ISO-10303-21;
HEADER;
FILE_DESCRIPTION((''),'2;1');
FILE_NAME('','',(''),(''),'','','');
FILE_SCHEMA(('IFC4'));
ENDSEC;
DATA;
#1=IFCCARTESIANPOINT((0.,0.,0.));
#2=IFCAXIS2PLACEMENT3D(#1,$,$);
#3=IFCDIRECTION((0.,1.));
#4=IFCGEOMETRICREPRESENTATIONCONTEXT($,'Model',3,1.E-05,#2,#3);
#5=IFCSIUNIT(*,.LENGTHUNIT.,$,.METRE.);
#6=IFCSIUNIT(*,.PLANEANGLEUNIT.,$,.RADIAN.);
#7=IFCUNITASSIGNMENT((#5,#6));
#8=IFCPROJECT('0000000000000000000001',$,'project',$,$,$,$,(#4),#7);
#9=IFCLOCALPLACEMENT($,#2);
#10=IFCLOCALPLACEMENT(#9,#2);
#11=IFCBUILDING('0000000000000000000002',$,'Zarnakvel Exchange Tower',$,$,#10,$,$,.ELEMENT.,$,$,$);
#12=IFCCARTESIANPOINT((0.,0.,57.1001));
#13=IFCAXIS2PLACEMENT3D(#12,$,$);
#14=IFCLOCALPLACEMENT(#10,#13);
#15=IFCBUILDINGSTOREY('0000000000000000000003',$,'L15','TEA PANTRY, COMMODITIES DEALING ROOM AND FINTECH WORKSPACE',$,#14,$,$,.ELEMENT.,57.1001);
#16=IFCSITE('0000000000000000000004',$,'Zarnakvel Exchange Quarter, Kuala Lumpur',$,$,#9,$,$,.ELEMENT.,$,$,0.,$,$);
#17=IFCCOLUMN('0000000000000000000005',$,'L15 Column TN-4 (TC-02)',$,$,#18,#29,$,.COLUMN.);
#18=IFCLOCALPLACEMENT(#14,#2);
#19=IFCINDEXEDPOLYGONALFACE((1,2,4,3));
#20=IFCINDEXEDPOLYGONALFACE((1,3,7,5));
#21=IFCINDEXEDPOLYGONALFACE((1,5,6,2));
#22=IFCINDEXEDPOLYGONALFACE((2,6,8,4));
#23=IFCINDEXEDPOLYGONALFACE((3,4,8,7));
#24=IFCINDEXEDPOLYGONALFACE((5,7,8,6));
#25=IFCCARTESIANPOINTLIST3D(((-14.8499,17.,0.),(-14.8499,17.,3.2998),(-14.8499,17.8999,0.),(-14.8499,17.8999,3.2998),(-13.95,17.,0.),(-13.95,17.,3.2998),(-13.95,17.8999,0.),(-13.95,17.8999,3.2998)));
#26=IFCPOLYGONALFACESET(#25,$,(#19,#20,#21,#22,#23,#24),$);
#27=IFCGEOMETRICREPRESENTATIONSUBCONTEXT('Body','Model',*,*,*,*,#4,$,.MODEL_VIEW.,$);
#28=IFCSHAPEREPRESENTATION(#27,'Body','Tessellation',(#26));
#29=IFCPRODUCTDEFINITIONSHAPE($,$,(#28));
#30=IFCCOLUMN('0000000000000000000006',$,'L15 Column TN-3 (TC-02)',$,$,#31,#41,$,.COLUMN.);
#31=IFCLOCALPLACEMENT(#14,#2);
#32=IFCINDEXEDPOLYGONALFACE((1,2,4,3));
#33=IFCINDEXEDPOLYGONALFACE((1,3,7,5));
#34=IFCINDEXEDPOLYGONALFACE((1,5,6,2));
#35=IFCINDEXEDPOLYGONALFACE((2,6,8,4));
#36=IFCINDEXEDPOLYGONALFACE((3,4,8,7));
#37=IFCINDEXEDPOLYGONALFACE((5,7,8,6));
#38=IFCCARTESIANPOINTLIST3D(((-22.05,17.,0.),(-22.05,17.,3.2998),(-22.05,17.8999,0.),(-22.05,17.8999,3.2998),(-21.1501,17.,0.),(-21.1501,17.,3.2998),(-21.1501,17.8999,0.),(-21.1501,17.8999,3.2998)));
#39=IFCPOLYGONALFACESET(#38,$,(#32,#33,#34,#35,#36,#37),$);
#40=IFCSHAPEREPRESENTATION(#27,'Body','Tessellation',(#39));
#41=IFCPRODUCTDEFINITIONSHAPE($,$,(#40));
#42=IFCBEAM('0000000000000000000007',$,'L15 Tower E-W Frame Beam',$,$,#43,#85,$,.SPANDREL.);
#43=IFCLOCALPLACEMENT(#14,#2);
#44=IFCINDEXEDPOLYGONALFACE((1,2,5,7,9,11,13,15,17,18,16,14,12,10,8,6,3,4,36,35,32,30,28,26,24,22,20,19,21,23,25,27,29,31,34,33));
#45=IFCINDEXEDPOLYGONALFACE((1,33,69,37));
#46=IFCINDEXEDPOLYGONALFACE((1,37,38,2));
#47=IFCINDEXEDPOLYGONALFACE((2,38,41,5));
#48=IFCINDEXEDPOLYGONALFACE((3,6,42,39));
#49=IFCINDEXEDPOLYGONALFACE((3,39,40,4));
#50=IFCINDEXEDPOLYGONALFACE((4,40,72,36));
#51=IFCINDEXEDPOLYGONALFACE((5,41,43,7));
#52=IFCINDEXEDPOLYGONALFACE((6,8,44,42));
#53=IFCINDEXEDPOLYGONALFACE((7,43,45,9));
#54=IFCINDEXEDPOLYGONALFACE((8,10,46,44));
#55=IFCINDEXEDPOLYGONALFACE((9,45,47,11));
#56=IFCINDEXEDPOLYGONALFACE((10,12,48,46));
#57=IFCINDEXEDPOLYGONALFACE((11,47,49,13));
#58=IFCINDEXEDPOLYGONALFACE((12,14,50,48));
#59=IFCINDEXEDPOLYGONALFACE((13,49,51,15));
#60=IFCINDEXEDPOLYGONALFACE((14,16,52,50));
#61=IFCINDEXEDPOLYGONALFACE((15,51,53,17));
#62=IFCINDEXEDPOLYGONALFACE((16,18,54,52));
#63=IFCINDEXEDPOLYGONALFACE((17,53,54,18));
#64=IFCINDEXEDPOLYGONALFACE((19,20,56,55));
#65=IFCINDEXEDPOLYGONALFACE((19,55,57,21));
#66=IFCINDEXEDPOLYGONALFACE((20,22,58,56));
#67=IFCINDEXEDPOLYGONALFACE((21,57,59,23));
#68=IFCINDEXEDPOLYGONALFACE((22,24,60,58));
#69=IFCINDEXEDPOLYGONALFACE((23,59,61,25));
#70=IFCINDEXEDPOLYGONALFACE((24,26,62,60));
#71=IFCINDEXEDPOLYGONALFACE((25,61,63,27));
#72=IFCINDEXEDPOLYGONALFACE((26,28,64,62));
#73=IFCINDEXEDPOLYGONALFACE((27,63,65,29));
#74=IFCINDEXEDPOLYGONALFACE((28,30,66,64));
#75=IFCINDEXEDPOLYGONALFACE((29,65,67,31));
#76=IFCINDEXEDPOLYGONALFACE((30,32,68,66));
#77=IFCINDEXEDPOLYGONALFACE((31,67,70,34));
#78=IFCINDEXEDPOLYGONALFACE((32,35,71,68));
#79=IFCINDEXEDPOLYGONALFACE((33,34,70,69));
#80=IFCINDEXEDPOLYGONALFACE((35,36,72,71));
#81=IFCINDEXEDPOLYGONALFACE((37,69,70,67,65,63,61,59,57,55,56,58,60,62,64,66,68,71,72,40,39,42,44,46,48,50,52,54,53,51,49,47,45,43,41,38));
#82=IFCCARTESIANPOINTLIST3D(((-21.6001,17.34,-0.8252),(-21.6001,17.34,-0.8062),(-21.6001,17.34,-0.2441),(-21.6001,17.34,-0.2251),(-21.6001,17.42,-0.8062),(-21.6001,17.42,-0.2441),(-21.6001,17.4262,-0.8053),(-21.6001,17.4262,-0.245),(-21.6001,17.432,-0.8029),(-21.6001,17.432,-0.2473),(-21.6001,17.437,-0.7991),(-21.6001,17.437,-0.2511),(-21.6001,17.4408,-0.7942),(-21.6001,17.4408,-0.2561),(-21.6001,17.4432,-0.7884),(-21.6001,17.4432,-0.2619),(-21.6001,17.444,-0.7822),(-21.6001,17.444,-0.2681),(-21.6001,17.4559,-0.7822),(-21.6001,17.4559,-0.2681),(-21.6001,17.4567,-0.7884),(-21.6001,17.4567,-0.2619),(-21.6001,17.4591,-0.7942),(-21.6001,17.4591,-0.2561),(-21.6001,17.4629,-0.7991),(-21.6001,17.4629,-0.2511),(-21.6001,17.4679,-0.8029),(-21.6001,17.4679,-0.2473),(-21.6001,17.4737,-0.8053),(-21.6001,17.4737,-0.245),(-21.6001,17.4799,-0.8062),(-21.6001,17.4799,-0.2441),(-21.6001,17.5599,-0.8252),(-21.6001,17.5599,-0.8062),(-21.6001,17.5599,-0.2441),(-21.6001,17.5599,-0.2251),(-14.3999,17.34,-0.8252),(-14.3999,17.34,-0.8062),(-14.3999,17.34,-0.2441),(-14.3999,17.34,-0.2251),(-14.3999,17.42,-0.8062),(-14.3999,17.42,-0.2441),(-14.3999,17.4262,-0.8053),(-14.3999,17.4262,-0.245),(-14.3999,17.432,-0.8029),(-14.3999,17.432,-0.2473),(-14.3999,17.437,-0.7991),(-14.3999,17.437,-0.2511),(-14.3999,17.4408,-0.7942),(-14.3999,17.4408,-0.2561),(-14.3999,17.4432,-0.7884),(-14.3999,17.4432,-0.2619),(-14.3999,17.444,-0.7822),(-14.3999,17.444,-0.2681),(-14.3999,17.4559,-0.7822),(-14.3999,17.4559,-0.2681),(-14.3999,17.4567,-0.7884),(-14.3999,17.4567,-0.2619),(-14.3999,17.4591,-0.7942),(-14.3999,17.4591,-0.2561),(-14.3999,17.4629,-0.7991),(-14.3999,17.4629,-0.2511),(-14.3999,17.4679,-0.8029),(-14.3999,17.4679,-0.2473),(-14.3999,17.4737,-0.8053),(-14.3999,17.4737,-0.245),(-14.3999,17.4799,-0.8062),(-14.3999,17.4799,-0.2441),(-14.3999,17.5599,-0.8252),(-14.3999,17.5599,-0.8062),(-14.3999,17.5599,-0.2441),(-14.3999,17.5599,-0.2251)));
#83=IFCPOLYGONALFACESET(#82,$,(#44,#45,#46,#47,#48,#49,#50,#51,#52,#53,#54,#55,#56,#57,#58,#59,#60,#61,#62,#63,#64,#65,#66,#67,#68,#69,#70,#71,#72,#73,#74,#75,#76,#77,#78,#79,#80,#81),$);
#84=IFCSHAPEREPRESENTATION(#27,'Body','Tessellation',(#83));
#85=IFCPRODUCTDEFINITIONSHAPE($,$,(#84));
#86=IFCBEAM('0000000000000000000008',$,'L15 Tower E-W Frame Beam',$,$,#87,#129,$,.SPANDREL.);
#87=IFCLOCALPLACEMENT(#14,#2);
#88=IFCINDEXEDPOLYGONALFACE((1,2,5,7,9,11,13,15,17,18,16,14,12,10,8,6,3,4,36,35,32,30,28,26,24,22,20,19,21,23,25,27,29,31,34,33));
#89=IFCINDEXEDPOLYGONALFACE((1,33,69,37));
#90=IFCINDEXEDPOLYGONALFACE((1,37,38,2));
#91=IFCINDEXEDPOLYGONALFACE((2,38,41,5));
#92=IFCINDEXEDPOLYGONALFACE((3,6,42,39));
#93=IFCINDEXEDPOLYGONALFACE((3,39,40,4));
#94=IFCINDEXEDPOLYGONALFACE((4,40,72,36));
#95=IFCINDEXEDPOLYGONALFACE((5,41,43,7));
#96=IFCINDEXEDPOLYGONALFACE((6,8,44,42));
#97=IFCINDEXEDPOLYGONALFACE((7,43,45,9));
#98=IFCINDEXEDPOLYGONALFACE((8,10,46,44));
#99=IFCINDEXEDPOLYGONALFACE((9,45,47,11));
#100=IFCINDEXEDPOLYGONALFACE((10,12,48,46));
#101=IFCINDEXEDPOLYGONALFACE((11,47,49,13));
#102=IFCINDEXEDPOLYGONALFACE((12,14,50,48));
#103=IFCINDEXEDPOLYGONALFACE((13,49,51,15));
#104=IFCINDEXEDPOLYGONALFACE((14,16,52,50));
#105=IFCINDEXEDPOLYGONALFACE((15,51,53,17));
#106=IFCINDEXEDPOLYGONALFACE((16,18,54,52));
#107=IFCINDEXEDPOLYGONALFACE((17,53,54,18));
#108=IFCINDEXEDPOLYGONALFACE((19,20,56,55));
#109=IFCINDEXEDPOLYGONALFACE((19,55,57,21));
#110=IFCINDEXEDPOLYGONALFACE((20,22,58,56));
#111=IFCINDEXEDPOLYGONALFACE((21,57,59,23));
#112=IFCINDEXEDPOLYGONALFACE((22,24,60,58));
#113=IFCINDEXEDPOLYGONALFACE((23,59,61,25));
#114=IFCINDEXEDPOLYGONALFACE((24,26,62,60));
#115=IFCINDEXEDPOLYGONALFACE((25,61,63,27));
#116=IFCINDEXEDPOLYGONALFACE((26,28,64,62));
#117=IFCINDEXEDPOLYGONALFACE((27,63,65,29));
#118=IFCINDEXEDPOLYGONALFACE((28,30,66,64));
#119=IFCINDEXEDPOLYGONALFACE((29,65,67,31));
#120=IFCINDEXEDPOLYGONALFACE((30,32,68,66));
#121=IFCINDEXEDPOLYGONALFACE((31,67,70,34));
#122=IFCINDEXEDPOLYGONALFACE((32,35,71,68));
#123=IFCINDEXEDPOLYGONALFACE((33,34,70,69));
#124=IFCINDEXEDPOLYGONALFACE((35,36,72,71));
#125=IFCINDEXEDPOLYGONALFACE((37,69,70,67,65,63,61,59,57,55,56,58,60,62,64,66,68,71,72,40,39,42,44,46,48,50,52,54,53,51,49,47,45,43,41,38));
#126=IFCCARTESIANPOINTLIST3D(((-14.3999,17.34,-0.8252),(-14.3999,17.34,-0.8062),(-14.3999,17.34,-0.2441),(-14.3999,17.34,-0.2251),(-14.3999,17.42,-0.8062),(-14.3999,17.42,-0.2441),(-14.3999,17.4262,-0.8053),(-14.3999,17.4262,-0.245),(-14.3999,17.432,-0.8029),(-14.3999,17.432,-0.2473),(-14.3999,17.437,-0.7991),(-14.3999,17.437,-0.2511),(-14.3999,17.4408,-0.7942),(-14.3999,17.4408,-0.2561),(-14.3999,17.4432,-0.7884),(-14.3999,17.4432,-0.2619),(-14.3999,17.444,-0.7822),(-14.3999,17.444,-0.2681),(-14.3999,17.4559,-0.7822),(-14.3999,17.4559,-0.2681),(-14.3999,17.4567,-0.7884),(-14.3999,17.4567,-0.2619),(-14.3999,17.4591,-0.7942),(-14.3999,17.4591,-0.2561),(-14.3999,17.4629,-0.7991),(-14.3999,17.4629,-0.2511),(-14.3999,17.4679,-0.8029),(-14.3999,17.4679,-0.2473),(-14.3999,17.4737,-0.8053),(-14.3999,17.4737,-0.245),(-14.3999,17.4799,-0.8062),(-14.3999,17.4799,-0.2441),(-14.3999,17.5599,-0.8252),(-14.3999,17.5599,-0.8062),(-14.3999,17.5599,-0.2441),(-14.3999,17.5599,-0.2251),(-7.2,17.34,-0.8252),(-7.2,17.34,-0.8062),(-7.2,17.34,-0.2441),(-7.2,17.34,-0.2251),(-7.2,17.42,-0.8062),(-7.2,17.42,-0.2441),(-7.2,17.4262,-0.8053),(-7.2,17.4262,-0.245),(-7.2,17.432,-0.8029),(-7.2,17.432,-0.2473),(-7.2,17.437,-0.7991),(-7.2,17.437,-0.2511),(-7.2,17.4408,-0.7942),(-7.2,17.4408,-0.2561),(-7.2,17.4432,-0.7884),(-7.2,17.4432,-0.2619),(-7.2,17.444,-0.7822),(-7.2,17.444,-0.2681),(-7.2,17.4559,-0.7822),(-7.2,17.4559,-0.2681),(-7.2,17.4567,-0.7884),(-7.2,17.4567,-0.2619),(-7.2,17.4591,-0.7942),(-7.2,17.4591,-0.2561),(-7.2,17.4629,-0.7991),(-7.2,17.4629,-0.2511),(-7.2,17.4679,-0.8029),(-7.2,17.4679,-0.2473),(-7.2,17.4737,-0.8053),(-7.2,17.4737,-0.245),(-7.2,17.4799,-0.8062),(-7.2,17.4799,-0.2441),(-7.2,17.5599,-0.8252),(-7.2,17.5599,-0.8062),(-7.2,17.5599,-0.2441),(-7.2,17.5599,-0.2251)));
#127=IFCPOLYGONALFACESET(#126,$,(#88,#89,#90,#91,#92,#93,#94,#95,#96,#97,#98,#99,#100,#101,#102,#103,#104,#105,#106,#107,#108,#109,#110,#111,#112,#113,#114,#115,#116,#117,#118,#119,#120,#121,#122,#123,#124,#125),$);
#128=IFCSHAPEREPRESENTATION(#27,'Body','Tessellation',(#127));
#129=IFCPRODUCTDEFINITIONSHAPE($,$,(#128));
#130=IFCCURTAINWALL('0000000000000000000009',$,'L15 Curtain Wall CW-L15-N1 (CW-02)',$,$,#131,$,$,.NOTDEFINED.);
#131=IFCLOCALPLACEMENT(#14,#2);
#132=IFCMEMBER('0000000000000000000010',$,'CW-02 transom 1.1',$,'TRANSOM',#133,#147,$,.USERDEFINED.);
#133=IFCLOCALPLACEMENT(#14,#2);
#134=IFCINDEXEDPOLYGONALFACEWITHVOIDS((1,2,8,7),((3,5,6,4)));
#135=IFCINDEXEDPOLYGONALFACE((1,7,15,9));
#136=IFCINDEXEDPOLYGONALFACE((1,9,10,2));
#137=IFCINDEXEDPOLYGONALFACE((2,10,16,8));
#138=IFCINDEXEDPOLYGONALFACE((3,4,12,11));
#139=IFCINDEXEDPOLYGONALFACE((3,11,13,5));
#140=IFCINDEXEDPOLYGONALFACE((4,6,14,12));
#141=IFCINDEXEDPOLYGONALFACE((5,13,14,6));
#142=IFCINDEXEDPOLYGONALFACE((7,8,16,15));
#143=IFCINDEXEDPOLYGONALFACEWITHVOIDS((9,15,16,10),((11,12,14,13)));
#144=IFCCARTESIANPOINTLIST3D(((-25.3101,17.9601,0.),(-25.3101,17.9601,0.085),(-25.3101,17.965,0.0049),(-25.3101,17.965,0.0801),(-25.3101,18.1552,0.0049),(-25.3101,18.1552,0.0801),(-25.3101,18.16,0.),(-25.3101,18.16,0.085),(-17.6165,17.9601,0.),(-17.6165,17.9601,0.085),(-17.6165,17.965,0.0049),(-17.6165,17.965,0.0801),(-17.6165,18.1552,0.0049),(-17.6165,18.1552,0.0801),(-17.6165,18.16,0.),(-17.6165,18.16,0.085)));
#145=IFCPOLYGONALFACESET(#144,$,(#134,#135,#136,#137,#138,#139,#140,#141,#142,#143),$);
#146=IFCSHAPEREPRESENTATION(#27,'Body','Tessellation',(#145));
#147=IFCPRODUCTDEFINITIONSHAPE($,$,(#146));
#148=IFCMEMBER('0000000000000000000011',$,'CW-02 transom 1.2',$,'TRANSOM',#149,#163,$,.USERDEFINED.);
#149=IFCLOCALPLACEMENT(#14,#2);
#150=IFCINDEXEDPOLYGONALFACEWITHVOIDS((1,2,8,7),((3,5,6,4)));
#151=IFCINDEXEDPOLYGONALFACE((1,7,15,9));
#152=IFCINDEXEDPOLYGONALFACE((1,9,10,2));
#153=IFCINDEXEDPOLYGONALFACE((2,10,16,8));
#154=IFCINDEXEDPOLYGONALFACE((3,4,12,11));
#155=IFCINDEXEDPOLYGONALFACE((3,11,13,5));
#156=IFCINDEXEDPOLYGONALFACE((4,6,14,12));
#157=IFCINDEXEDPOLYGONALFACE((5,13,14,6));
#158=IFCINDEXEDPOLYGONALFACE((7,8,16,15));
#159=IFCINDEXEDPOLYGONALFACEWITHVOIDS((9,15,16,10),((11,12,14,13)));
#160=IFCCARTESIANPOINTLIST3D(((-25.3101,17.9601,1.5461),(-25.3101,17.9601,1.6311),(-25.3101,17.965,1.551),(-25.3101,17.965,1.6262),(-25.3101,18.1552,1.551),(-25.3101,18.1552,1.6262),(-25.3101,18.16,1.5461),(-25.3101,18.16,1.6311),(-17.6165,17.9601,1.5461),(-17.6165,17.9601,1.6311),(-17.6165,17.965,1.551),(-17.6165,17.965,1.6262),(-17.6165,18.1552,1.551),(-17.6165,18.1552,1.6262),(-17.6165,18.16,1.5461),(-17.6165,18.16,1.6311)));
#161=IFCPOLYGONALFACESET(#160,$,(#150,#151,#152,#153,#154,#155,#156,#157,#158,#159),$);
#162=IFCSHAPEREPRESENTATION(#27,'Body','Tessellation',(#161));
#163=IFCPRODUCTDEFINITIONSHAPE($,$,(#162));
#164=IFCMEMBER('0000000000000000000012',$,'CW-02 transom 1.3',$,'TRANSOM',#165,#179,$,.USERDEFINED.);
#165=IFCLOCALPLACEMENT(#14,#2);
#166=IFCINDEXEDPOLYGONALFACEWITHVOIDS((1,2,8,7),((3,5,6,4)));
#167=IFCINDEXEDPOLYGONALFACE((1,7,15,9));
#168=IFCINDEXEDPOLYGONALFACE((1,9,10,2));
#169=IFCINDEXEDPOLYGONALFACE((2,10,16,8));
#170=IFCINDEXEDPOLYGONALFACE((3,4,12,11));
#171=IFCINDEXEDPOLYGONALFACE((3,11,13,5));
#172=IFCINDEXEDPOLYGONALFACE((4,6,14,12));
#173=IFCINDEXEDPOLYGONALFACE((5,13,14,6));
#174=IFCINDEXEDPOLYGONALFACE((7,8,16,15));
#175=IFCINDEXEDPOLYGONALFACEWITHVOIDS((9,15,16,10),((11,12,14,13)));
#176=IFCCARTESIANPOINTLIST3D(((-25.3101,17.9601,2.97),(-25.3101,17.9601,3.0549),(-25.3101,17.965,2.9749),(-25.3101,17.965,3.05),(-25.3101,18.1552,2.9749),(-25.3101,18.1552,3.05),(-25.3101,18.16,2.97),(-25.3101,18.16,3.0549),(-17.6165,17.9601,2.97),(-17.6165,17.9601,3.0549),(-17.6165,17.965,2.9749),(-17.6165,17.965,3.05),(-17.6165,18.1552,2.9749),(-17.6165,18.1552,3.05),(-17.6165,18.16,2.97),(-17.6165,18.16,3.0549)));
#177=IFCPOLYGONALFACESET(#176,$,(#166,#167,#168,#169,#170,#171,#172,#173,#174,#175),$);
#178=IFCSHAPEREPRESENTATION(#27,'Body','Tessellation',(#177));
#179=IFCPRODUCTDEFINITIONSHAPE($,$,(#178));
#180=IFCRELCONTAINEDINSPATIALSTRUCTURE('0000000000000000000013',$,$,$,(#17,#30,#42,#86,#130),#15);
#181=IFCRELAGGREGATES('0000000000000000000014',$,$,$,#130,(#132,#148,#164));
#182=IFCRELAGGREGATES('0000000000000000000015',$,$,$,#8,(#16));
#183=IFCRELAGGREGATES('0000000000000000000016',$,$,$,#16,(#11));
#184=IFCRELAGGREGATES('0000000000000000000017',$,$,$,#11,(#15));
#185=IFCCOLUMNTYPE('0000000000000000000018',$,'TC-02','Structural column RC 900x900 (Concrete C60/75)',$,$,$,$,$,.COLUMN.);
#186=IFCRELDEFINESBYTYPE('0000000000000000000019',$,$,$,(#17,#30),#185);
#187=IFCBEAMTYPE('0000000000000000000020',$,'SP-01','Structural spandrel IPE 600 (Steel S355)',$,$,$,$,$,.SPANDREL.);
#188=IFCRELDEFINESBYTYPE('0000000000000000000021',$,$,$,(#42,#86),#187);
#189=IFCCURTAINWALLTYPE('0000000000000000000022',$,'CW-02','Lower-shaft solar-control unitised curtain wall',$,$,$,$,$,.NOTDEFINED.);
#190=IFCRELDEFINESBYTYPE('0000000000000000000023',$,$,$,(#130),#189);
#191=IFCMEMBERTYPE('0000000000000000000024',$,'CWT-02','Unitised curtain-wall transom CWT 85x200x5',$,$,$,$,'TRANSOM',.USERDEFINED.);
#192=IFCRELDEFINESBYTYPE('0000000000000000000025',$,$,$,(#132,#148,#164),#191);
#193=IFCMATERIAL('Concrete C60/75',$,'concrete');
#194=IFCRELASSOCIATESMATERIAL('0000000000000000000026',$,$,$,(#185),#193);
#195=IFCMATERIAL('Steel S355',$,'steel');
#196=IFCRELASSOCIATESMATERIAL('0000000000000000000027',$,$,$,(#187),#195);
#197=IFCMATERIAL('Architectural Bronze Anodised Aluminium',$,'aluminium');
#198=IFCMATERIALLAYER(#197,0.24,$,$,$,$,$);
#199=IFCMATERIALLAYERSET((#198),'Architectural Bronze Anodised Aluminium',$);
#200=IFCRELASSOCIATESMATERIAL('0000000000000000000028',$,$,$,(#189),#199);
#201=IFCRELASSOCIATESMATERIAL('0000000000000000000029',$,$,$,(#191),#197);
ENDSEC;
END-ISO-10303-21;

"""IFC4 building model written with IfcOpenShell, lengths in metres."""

from ifc_helpers import new_model, si_unit, direction, frame, origin, origin_2d, place, context, subcontext, project, spatial, rectangle, hollow_rectangle, i_section, extrude, source, transform, mapped, material, layer, layer_set, material_profile, profile_set, type_object, element, aggregate, save


model = new_model("IFC4")

# Units and contexts
model_context = context("Model", 3, precision=1e-05, world=origin(), true_north=direction((0.0, 1.0)))
body_context = subcontext(model_context, "Body", "Model", "MODEL_VIEW")
ifc_project = project(units=[si_unit("LENGTHUNIT", "METRE"), si_unit("PLANEANGLEUNIT", "RADIAN")], contexts=[model_context])

# Site, building, storey
site_placement = place(None, origin())
site = spatial("IfcSite", under=ifc_project, at=site_placement, Name="Zarnakvel Exchange Quarter, Kuala Lumpur", CompositionType="ELEMENT", RefElevation=0.0)
building_placement = place(site_placement, origin())
building = spatial("IfcBuilding", under=site, at=building_placement, Name="Zarnakvel Exchange Tower", CompositionType="ELEMENT")
storey_placement = place(building_placement, frame((0.0, 0.0, 57.1001)))
storey = spatial("IfcBuildingStorey", under=building, at=storey_placement, Name="L15", Description="TEA PANTRY, COMMODITIES DEALING ROOM AND FINTECH WORKSPACE", CompositionType="ELEMENT", Elevation=57.1001)

# Columns
ifc_material_1 = material(Name="Concrete C60/75", Category="concrete")
ifc_material_profile_1 = material_profile(ifc_material_1, rectangle(XDim=0.8999, YDim=0.8999, at=origin_2d()))
ifc_profile_set_1 = profile_set([ifc_material_profile_1], Name="Concrete C60/75")
column_type = type_object("IfcColumnType", Name="TC-02", Description="Structural column RC 900x900 (Concrete C60/75)", PredefinedType="COLUMN", material=ifc_profile_set_1)
for number, where, z_axis, x_axis, name in (
    (1, (-14.3999, 17.45, 0.0), (0.0, 0.0, 1.0), (1.0, 0.0, 0.0), "L15 Column TN-4 (TC-02)"),
    (2, (-21.6001, 17.45, 0.0), (0.0, 0.0, 1.0), (1.0, 0.0, 0.0), "L15 Column TN-3 (TC-02)"),
):
    element("IfcColumn", number, at=place(storey_placement, frame(where, z_axis=z_axis, x_axis=x_axis)), inside=storey, type_object=column_type, Name=name, PredefinedType="COLUMN", context=body_context, shape_type="SweptSolid", body=[
        extrude(rectangle(XDim=0.8999, YDim=0.8999, at=origin_2d()), origin(), (0.0, 0.0, 1.0), 3.2998),
    ])

# Beams
ifc_material_2 = material(Name="Steel S355", Category="steel")
ifc_material_profile_2 = material_profile(ifc_material_2, i_section(OverallWidth=0.22, OverallDepth=0.6001, WebThickness=0.012, FlangeThickness=0.019, FilletRadius=0.0239, at=origin_2d()))
ifc_profile_set_2 = profile_set([ifc_material_profile_2], Name="Steel S355")
beam_type = type_object("IfcBeamType", Name="SP-01", Description="Structural spandrel IPE 600 (Steel S355)", PredefinedType="SPANDREL", material=ifc_profile_set_2)
beam_1_placement = place(storey_placement, frame((-21.6001, 17.45, -0.5251), z_axis=(1.0, 0.0, 0.0), x_axis=(0.0, 1.0, 0.0)))
element("IfcBeam", 3, at=beam_1_placement, inside=storey, type_object=beam_type, Name="L15 Tower E-W Frame Beam", PredefinedType="SPANDREL", context=body_context, shape_type="SweptSolid", body=[
    extrude(i_section(OverallWidth=0.22, OverallDepth=0.6001, WebThickness=0.012, FlangeThickness=0.019, FilletRadius=0.0239, at=origin_2d()), origin(), (0.0, 0.0, 1.0), 7.2002),
])
beam_2_placement = place(storey_placement, frame((-14.3999, 17.45, -0.5251), z_axis=(1.0, 0.0, 0.0), x_axis=(0.0, 1.0, 0.0)))
element("IfcBeam", 4, at=beam_2_placement, inside=storey, type_object=beam_type, Name="L15 Tower E-W Frame Beam", PredefinedType="SPANDREL", context=body_context, shape_type="SweptSolid", body=[
    extrude(i_section(OverallWidth=0.22, OverallDepth=0.6001, WebThickness=0.012, FlangeThickness=0.019, FilletRadius=0.0239, at=origin_2d()), origin(), (0.0, 0.0, 1.0), 7.2),
])

# Curtain wall, members
ifc_material_3 = material(Name="Architectural Bronze Anodised Aluminium", Category="aluminium")
ifc_layer_1 = layer(ifc_material_3, 0.24)
ifc_layer_set_1 = layer_set([ifc_layer_1], Name="Architectural Bronze Anodised Aluminium")
curtain_wall_type_1 = type_object("IfcCurtainWallType", Name="CW-02", Description="Lower-shaft solar-control unitised curtain wall", PredefinedType="NOTDEFINED", material=ifc_layer_set_1)
curtain_wall_1_placement = place(storey_placement, origin())
curtain_wall_1 = element("IfcCurtainWall", 5, at=curtain_wall_1_placement, inside=storey, type_object=curtain_wall_type_1, Name="L15 Curtain Wall CW-L15-N1 (CW-02)", PredefinedType="NOTDEFINED")
ifc_material_profile_3 = material_profile(ifc_material_3, hollow_rectangle(XDim=0.2, YDim=0.085, WallThickness=0.0049, at=origin_2d()))
ifc_profile_set_3 = profile_set([ifc_material_profile_3], Name="Architectural Bronze Anodised Aluminium")
member_type_1 = type_object("IfcMemberType", Name="CWT-02", Description="Unitised curtain-wall transom CWT 85x200x5", ElementType="TRANSOM", PredefinedType="USERDEFINED", material=ifc_profile_set_3)
shared_shape_1 = source(origin(), body_context, "Body", "SweptSolid", [
    extrude(hollow_rectangle(XDim=0.2, YDim=0.085, WallThickness=0.0049, at=origin_2d()), origin(), (0.0, 0.0, 1.0), 7.6936),
])
member_1_placement = place(storey_placement, frame((-25.3101, 18.0601, 0.0425), z_axis=(1.0, 0.0, 0.0), x_axis=(0.0, 1.0, 0.0)))
member_1 = element("IfcMember", 6, at=member_1_placement, type_object=member_type_1, Name="CW-02 transom 1.1", ObjectType="TRANSOM", PredefinedType="USERDEFINED", context=body_context, shape_type="MappedRepresentation", body=[
    mapped(shared_shape_1, transform((0.0, 0.0, 0.0), x_axis=(1.0, 0.0, 0.0), y_axis=(0.0, 1.0, 0.0), z_axis=(0.0, 0.0, 1.0), scale=1.0)),
])
member_2_placement = place(storey_placement, frame((-25.3101, 18.0601, 1.5886), z_axis=(1.0, 0.0, 0.0), x_axis=(0.0, 1.0, 0.0)))
member_2 = element("IfcMember", 7, at=member_2_placement, type_object=member_type_1, Name="CW-02 transom 1.2", ObjectType="TRANSOM", PredefinedType="USERDEFINED", context=body_context, shape_type="MappedRepresentation", body=[
    mapped(shared_shape_1, transform((0.0, 0.0, 0.0), x_axis=(1.0, 0.0, 0.0), y_axis=(0.0, 1.0, 0.0), z_axis=(0.0, 0.0, 1.0), scale=1.0)),
])
member_3_placement = place(storey_placement, frame((-25.3101, 18.0601, 3.0125), z_axis=(1.0, 0.0, 0.0), x_axis=(0.0, 1.0, 0.0)))
member_3 = element("IfcMember", 8, at=member_3_placement, type_object=member_type_1, Name="CW-02 transom 1.3", ObjectType="TRANSOM", PredefinedType="USERDEFINED", context=body_context, shape_type="MappedRepresentation", body=[
    mapped(shared_shape_1, transform((0.0, 0.0, 0.0), x_axis=(1.0, 0.0, 0.0), y_axis=(0.0, 1.0, 0.0), z_axis=(0.0, 0.0, 1.0), scale=1.0)),
])

aggregate(curtain_wall_1, [member_1, member_2, member_3])

save(model, "model.ifc")
